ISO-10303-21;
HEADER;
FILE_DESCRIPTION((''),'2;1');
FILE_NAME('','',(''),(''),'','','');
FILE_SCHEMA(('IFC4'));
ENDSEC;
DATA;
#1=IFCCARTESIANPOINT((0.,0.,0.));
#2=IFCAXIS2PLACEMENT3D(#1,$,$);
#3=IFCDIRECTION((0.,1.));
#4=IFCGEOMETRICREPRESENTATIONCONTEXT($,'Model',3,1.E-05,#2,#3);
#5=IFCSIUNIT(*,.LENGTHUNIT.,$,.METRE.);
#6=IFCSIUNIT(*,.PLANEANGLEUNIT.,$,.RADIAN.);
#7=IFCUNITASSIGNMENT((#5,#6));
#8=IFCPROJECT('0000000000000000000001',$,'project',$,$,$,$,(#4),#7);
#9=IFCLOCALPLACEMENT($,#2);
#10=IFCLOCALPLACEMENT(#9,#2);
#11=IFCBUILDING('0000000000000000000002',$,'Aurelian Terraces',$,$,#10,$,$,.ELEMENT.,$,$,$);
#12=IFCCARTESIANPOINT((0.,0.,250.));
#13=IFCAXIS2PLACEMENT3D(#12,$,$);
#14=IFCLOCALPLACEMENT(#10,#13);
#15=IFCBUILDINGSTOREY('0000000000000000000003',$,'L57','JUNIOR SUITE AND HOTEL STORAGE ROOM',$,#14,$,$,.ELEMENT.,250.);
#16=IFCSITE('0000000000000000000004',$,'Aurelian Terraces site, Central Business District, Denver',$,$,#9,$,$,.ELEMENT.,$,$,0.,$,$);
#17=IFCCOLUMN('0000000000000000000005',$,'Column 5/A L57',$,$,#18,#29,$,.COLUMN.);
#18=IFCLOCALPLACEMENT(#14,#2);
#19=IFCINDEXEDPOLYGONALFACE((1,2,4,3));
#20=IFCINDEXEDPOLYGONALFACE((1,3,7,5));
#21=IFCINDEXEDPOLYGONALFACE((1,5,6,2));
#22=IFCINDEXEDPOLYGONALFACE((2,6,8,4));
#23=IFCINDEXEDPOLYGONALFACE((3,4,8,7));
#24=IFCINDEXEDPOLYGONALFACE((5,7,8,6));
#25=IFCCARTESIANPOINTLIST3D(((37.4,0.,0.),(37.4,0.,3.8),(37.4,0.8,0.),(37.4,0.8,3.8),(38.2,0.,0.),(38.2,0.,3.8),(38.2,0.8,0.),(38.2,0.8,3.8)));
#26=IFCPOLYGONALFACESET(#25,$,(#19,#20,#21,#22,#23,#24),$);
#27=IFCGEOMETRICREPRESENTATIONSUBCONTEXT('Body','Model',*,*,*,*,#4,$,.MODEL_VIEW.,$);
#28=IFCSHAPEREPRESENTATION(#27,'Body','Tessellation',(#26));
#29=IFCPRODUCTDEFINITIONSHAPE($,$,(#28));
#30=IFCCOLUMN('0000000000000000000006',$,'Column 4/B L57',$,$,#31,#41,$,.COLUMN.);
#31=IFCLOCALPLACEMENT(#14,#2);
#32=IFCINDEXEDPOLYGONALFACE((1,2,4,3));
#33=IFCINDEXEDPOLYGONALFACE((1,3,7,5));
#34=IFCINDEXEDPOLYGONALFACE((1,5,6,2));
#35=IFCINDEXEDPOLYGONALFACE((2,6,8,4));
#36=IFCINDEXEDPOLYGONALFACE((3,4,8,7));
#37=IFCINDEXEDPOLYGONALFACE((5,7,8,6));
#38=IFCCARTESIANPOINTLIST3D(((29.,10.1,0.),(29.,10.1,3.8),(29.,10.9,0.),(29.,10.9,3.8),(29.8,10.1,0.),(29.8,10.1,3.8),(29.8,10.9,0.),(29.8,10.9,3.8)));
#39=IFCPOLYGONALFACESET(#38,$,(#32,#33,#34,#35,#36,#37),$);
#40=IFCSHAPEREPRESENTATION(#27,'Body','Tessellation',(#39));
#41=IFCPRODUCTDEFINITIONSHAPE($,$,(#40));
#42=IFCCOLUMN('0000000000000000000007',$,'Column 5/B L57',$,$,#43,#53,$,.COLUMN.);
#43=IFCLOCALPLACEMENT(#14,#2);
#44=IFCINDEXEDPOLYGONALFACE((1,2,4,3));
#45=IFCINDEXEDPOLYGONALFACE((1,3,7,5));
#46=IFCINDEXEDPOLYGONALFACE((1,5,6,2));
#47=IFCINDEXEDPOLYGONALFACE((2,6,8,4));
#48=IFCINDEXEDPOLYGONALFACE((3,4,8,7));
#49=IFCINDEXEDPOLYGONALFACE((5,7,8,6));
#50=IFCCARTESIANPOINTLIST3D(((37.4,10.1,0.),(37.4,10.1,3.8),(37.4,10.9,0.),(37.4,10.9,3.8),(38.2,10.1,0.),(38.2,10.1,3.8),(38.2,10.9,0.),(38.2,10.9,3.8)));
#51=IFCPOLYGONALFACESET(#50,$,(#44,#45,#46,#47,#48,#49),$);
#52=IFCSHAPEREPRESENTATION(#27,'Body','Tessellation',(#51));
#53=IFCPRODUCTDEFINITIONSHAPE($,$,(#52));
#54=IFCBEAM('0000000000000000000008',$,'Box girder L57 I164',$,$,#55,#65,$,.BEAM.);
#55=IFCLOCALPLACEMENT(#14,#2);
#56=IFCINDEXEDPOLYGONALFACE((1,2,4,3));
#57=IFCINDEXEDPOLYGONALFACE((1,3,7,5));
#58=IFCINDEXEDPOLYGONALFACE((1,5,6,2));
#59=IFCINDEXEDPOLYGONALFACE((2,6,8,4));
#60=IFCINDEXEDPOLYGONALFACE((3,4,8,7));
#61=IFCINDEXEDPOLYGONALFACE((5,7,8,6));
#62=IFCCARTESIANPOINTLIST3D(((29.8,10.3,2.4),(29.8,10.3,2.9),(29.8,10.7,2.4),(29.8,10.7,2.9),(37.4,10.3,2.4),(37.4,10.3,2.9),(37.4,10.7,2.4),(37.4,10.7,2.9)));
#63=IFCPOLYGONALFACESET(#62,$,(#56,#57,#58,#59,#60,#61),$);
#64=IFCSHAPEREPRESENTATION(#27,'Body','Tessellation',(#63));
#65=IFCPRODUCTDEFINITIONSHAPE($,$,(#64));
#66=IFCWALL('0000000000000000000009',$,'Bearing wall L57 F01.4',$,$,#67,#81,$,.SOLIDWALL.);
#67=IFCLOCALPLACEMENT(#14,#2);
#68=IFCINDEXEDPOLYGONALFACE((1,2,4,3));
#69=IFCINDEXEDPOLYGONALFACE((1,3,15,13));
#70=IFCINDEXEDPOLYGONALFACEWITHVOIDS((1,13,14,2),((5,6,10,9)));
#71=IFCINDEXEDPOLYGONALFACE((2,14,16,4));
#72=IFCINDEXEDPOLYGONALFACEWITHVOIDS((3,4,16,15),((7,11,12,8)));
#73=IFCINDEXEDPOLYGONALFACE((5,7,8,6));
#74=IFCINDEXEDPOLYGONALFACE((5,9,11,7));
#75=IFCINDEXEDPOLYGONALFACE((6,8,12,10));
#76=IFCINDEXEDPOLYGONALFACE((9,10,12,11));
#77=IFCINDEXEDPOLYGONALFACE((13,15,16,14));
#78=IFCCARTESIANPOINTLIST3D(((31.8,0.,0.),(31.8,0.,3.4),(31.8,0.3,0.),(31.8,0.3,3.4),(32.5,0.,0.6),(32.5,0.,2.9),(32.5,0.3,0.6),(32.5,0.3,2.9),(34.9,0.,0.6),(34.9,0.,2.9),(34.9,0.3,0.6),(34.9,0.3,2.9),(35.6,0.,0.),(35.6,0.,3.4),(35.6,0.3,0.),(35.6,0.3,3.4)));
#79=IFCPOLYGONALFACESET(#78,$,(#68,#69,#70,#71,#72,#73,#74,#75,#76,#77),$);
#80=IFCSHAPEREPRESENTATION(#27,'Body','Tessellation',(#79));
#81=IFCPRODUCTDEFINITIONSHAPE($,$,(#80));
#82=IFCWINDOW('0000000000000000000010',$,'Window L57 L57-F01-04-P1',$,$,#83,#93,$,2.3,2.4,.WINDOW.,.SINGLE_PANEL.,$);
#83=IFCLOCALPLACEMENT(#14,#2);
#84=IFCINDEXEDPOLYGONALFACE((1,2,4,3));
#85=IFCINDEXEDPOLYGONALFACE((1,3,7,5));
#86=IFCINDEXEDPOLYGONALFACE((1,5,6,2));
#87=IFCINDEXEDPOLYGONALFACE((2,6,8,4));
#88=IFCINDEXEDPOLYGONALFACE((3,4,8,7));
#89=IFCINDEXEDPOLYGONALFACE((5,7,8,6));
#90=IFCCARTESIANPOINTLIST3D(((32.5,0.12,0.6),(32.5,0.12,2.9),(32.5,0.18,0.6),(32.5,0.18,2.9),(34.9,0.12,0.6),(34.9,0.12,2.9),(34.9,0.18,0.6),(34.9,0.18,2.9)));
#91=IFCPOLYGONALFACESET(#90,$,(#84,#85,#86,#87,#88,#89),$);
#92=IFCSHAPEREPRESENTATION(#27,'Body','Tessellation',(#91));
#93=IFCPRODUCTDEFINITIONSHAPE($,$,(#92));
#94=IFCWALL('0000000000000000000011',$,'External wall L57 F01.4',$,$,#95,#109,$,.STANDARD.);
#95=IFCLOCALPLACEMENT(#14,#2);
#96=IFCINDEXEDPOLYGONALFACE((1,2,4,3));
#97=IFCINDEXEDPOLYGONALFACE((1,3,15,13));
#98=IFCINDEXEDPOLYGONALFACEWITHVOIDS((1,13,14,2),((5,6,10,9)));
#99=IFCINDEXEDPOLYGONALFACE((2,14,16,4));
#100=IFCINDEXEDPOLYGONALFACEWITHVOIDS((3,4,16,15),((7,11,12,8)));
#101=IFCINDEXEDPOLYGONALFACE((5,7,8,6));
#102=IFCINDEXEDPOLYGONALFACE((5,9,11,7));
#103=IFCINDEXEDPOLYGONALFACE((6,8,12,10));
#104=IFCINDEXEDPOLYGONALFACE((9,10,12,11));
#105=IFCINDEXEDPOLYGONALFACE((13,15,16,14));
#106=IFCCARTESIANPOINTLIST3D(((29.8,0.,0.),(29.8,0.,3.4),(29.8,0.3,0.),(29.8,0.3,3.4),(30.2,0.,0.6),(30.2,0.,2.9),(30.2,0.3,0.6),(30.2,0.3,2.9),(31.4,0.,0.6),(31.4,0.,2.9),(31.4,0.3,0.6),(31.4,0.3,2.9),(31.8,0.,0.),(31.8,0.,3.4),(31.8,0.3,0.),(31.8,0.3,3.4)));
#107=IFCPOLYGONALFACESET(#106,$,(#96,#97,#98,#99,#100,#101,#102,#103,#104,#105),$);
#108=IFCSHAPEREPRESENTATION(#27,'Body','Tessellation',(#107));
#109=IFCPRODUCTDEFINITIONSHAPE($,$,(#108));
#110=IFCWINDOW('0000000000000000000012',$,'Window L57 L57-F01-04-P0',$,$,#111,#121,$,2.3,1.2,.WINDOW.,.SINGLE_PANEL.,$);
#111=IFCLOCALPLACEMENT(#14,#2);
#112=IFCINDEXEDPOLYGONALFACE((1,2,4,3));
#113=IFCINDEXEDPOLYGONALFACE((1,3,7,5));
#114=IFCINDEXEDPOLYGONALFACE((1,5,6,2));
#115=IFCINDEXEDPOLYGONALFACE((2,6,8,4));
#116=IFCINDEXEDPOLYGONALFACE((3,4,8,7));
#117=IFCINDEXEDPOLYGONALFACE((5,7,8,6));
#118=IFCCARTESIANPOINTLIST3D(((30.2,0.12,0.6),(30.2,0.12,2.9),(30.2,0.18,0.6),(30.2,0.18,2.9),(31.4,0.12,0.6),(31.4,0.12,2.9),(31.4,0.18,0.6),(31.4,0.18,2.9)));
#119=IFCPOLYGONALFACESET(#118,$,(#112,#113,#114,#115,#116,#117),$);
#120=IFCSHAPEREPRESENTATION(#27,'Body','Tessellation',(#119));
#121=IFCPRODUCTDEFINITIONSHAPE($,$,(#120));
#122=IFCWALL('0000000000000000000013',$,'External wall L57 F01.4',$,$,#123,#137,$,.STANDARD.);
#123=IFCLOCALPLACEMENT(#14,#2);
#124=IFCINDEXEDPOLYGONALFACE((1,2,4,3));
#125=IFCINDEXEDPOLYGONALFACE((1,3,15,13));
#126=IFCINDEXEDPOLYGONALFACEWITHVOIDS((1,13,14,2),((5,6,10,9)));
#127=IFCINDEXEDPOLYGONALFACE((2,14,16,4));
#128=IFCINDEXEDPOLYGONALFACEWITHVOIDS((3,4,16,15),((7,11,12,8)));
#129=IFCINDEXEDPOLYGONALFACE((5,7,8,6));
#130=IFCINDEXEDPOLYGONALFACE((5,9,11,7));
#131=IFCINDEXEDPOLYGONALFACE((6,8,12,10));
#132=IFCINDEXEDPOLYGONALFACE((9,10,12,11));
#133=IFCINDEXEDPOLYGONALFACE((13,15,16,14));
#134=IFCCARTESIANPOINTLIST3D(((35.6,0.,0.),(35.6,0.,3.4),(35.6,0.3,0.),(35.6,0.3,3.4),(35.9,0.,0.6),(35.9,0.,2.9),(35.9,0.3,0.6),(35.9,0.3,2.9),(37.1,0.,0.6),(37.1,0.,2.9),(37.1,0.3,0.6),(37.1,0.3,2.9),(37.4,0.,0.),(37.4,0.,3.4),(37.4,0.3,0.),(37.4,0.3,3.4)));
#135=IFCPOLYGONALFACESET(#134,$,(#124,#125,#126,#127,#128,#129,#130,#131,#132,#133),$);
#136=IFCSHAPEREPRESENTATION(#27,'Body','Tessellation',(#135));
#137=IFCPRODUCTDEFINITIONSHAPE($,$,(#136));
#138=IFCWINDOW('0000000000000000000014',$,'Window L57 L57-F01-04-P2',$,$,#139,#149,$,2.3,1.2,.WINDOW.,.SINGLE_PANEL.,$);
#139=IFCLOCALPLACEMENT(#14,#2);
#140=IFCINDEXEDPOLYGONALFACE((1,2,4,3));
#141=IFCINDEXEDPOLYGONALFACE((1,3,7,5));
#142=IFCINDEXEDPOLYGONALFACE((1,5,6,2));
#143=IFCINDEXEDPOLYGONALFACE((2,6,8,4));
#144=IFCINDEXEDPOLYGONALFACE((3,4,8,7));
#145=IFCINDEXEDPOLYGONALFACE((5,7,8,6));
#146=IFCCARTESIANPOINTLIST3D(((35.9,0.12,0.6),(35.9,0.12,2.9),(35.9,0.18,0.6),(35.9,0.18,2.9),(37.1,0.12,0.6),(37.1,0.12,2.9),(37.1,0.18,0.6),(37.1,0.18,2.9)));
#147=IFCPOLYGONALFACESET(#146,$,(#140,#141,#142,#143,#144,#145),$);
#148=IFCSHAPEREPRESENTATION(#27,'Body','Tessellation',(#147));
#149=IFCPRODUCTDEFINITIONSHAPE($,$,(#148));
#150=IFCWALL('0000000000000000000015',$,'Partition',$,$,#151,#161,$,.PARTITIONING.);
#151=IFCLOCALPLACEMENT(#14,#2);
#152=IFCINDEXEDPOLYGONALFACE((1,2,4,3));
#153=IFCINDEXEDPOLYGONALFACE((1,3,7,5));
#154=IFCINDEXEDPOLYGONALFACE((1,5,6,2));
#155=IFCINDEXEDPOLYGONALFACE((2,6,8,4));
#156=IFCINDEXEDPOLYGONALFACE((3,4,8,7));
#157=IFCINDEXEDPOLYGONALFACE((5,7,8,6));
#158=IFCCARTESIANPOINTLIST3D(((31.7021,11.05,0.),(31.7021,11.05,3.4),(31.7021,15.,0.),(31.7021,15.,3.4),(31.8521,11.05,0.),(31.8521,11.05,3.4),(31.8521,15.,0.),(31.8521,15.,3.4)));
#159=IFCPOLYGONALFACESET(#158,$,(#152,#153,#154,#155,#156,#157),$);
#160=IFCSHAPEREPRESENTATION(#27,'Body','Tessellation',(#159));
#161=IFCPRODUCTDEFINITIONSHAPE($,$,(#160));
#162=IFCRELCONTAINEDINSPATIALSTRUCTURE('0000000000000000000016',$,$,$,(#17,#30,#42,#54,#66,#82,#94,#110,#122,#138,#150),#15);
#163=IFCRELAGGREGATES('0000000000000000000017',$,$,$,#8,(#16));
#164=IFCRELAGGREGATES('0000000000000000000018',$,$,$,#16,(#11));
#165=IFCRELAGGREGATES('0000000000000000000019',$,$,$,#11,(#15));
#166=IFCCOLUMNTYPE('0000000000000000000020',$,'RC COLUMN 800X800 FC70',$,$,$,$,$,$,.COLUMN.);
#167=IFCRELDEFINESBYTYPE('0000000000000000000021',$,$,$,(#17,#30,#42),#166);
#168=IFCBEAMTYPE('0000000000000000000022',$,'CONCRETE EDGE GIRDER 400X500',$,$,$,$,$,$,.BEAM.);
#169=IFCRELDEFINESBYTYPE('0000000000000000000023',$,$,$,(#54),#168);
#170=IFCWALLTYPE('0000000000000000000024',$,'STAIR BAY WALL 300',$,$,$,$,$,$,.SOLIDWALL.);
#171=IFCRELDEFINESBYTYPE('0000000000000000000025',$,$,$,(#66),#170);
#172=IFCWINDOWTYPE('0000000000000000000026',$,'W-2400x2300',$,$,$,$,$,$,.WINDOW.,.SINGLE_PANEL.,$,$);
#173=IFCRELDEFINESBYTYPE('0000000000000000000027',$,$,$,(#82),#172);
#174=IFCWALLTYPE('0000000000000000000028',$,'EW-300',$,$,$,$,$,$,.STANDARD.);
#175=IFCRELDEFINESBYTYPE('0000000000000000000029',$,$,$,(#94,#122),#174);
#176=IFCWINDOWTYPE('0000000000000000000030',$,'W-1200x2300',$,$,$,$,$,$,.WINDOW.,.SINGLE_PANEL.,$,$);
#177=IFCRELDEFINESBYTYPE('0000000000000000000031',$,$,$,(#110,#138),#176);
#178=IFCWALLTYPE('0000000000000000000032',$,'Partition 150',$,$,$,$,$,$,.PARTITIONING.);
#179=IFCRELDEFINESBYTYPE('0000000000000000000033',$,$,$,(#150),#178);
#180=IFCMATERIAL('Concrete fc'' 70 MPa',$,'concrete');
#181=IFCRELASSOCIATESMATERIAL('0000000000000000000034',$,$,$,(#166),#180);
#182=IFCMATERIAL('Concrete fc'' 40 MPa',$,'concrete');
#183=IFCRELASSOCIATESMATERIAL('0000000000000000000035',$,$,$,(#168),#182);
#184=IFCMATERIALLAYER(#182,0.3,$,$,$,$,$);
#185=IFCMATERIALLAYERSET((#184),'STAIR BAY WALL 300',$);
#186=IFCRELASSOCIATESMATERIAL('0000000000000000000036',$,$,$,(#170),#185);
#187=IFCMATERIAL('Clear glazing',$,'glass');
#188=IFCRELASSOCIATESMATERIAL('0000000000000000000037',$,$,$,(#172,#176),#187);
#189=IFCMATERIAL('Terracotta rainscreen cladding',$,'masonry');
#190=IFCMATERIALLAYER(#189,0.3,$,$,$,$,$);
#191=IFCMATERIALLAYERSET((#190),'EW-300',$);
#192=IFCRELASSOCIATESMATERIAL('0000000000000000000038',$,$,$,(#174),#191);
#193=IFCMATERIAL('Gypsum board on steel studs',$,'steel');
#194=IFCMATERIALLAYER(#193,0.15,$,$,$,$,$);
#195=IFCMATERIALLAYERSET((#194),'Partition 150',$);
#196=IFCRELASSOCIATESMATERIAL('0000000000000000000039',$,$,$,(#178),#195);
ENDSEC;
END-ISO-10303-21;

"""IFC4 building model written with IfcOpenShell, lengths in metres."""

from ifc_helpers import new_model, si_unit, direction, frame, frame_2d, origin, origin_2d, place, context, subcontext, project, spatial, rectangle, extrude, source, transform, mapped, material, layer, layer_set, material_profile, profile_set, type_object, element, fill, save


model = new_model("IFC4")

# Units and contexts
model_context = context("Model", 3, precision=1e-05, world=origin(), true_north=direction((0.0, 1.0)))
body_context = subcontext(model_context, "Body", "Model", "MODEL_VIEW")
ifc_project = project(units=[si_unit("LENGTHUNIT", "METRE"), si_unit("PLANEANGLEUNIT", "RADIAN")], contexts=[model_context])

# Site, building, storey
site_placement = place(None, origin())
site = spatial("IfcSite", under=ifc_project, at=site_placement, Name="Aurelian Terraces site, Central Business District, Denver", CompositionType="ELEMENT", RefElevation=0.0)
building_placement = place(site_placement, origin())
building = spatial("IfcBuilding", under=site, at=building_placement, Name="Aurelian Terraces", CompositionType="ELEMENT")
storey_placement = place(building_placement, frame((0.0, 0.0, 250.0)))
storey = spatial("IfcBuildingStorey", under=building, at=storey_placement, Name="L57", Description="JUNIOR SUITE AND HOTEL STORAGE ROOM", CompositionType="ELEMENT", Elevation=250.0)

# Columns
ifc_material_1 = material(Name="Concrete fc' 70 MPa", Category="concrete")
ifc_material_profile_1 = material_profile(ifc_material_1, rectangle(XDim=0.8, YDim=0.8, at=origin_2d()))
ifc_profile_set_1 = profile_set([ifc_material_profile_1], Name="Concrete fc' 70 MPa")
column_type = type_object("IfcColumnType", Name="RC COLUMN 800X800 FC70", PredefinedType="COLUMN", material=ifc_profile_set_1)
shared_shape_1 = source(origin(), body_context, "Body", "SweptSolid", [
    extrude(rectangle(XDim=0.8, YDim=0.8, at=origin_2d()), origin(), (0.0, 0.0, 1.0), 3.8),
])
for number, where, z_axis, x_axis, name in (
    (1, (37.8, 0.4, 0.0), (0.0, 0.0, 1.0), (1.0, 0.0, 0.0), "Column 5/A L57"),
    (2, (29.4, 10.5, 0.0), (0.0, 0.0, 1.0), (1.0, 0.0, 0.0), "Column 4/B L57"),
    (3, (37.8, 10.5, 0.0), (0.0, 0.0, 1.0), (1.0, 0.0, 0.0), "Column 5/B L57"),
):
    element("IfcColumn", number, at=place(storey_placement, frame(where, z_axis=z_axis, x_axis=x_axis)), inside=storey, type_object=column_type, Name=name, PredefinedType="COLUMN", context=body_context, shape_type="MappedRepresentation", body=[
        mapped(shared_shape_1, transform((0.0, 0.0, 0.0), scale=1.0)),
    ])

# Beam
ifc_material_2 = material(Name="Concrete fc' 40 MPa", Category="concrete")
ifc_material_profile_2 = material_profile(ifc_material_2, rectangle(XDim=0.4, YDim=0.5, at=origin_2d()))
ifc_profile_set_2 = profile_set([ifc_material_profile_2], Name="Concrete fc' 40 MPa")
beam_type = type_object("IfcBeamType", Name="CONCRETE EDGE GIRDER 400X500", PredefinedType="BEAM", material=ifc_profile_set_2)
shared_shape_2 = source(origin(), body_context, "Body", "SweptSolid", [
    extrude(rectangle(XDim=0.4, YDim=0.5, at=origin_2d()), origin(), (0.0, 0.0, 1.0), 7.6),
])
beam_placement = place(storey_placement, frame((29.8, 10.5, 2.65), z_axis=(1.0, 0.0, 0.0), x_axis=(0.0, 1.0, 0.0)))
element("IfcBeam", 4, at=beam_placement, inside=storey, type_object=beam_type, Name="Box girder L57 I164", PredefinedType="BEAM", context=body_context, shape_type="MappedRepresentation", body=[
    mapped(shared_shape_2, transform((0.0, 0.0, 0.0), scale=1.0)),
])

# Walls, openings, windows
ifc_layer_1 = layer(ifc_material_2, 0.3)
ifc_layer_set_1 = layer_set([ifc_layer_1], Name="STAIR BAY WALL 300")
wall_type_1 = type_object("IfcWallType", Name="STAIR BAY WALL 300", PredefinedType="SOLIDWALL", material=ifc_layer_set_1)
shared_shape_3 = source(origin(), body_context, "Body", "SweptSolid", [
    extrude(rectangle(XDim=3.8, YDim=0.3, at=frame_2d((1.9, 0.0))), origin(), (0.0, 0.0, 1.0), 3.4),
])
wall_1_placement = place(storey_placement, frame((31.8, 0.15, 0.0), z_axis=(0.0, 0.0, 1.0), x_axis=(1.0, 0.0, 0.0)))
wall_1 = element("IfcWall", 5, at=wall_1_placement, inside=storey, type_object=wall_type_1, Name="Bearing wall L57 F01.4", PredefinedType="SOLIDWALL", context=body_context, shape_type="MappedRepresentation", body=[
    mapped(shared_shape_3, transform((0.0, 0.0, 0.0), scale=1.0)),
])
shared_shape_4 = source(origin(), body_context, "Body", "SweptSolid", [
    extrude(rectangle(XDim=2.4, YDim=2.3, at=frame_2d((1.2, 1.15))), frame((0.0, 0.16, 0.0), z_axis=(0.0, -1.0, 0.0), x_axis=(1.0, 0.0, 0.0)), (0.0, 0.0, 1.0), 0.32),
])
opening_1_placement = place(wall_1_placement, frame((0.7, 0.0, 0.6)))
opening_1 = element("IfcOpeningElement", 6, at=opening_1_placement, cuts=wall_1, PredefinedType="OPENING", context=body_context, shape_type="MappedRepresentation", body=[
    mapped(shared_shape_4, transform((0.0, 0.0, 0.0), scale=1.0)),
])
ifc_material_3 = material(Name="Clear glazing", Category="glass")
window_type_1 = type_object("IfcWindowType", Name="W-2400x2300", PartitioningType="SINGLE_PANEL", PredefinedType="WINDOW", material=ifc_material_3)
shared_shape_5 = source(origin(), body_context, "Body", "SweptSolid", [
    extrude(rectangle(XDim=2.4, YDim=2.3, at=frame_2d((1.2, 1.15))), frame((0.0, 0.03, 0.0), z_axis=(0.0, -1.0, 0.0), x_axis=(1.0, 0.0, 0.0)), (0.0, 0.0, 1.0), 0.06),
])
window_1_placement = place(opening_1_placement, origin())
window_1 = element("IfcWindow", 7, at=window_1_placement, inside=storey, type_object=window_type_1, Name="Window L57 L57-F01-04-P1", OverallHeight=2.3, OverallWidth=2.4, PartitioningType="SINGLE_PANEL", PredefinedType="WINDOW", context=body_context, shape_type="MappedRepresentation", body=[
    mapped(shared_shape_5, transform((0.0, 0.0, 0.0), scale=1.0)),
])
fill(opening_1, window_1)
ifc_material_4 = material(Name="Terracotta rainscreen cladding", Category="masonry")
ifc_layer_2 = layer(ifc_material_4, 0.3)
ifc_layer_set_2 = layer_set([ifc_layer_2], Name="EW-300")
wall_type_2 = type_object("IfcWallType", Name="EW-300", PredefinedType="STANDARD", material=ifc_layer_set_2)
shared_shape_6 = source(origin(), body_context, "Body", "SweptSolid", [
    extrude(rectangle(XDim=2.0, YDim=0.3, at=frame_2d((1.0, 0.0))), origin(), (0.0, 0.0, 1.0), 3.4),
])
wall_2_placement = place(storey_placement, frame((29.8, 0.15, 0.0), z_axis=(0.0, 0.0, 1.0), x_axis=(1.0, 0.0, 0.0)))
wall_2 = element("IfcWall", 8, at=wall_2_placement, inside=storey, type_object=wall_type_2, Name="External wall L57 F01.4", PredefinedType="STANDARD", context=body_context, shape_type="MappedRepresentation", body=[
    mapped(shared_shape_6, transform((0.0, 0.0, 0.0), scale=1.0)),
])
shared_shape_7 = source(origin(), body_context, "Body", "SweptSolid", [
    extrude(rectangle(XDim=1.2, YDim=2.3, at=frame_2d((0.6, 1.15))), frame((0.0, 0.16, 0.0), z_axis=(0.0, -1.0, 0.0), x_axis=(1.0, 0.0, 0.0)), (0.0, 0.0, 1.0), 0.32),
])
opening_2_placement = place(wall_2_placement, frame((0.4, 0.0, 0.6)))
opening_2 = element("IfcOpeningElement", 9, at=opening_2_placement, cuts=wall_2, PredefinedType="OPENING", context=body_context, shape_type="MappedRepresentation", body=[
    mapped(shared_shape_7, transform((0.0, 0.0, 0.0), scale=1.0)),
])
window_type_2 = type_object("IfcWindowType", Name="W-1200x2300", PartitioningType="SINGLE_PANEL", PredefinedType="WINDOW", material=ifc_material_3)
shared_shape_8 = source(origin(), body_context, "Body", "SweptSolid", [
    extrude(rectangle(XDim=1.2, YDim=2.3, at=frame_2d((0.6, 1.15))), frame((0.0, 0.03, 0.0), z_axis=(0.0, -1.0, 0.0), x_axis=(1.0, 0.0, 0.0)), (0.0, 0.0, 1.0), 0.06),
])
window_2_placement = place(opening_2_placement, origin())
window_2 = element("IfcWindow", 10, at=window_2_placement, inside=storey, type_object=window_type_2, Name="Window L57 L57-F01-04-P0", OverallHeight=2.3, OverallWidth=1.2, PartitioningType="SINGLE_PANEL", PredefinedType="WINDOW", context=body_context, shape_type="MappedRepresentation", body=[
    mapped(shared_shape_8, transform((0.0, 0.0, 0.0), scale=1.0)),
])
fill(opening_2, window_2)
shared_shape_9 = source(origin(), body_context, "Body", "SweptSolid", [
    extrude(rectangle(XDim=1.8, YDim=0.3, at=frame_2d((0.9, 0.0))), origin(), (0.0, 0.0, 1.0), 3.4),
])
wall_3_placement = place(storey_placement, frame((35.6, 0.15, 0.0), z_axis=(0.0, 0.0, 1.0), x_axis=(1.0, 0.0, 0.0)))
wall_3 = element("IfcWall", 11, at=wall_3_placement, inside=storey, type_object=wall_type_2, Name="External wall L57 F01.4", PredefinedType="STANDARD", context=body_context, shape_type="MappedRepresentation", body=[
    mapped(shared_shape_9, transform((0.0, 0.0, 0.0), scale=1.0)),
])
opening_3_placement = place(wall_3_placement, frame((0.3, 0.0, 0.6)))
opening_3 = element("IfcOpeningElement", 12, at=opening_3_placement, cuts=wall_3, PredefinedType="OPENING", context=body_context, shape_type="MappedRepresentation", body=[
    mapped(shared_shape_7, transform((0.0, 0.0, 0.0), scale=1.0)),
])
window_3_placement = place(opening_3_placement, origin())
window_3 = element("IfcWindow", 13, at=window_3_placement, inside=storey, type_object=window_type_2, Name="Window L57 L57-F01-04-P2", OverallHeight=2.3, OverallWidth=1.2, PartitioningType="SINGLE_PANEL", PredefinedType="WINDOW", context=body_context, shape_type="MappedRepresentation", body=[
    mapped(shared_shape_8, transform((0.0, 0.0, 0.0), scale=1.0)),
])
fill(opening_3, window_3)

# Wall
ifc_material_5 = material(Name="Gypsum board on steel studs", Category="steel")
ifc_layer_3 = layer(ifc_material_5, 0.15)
ifc_layer_set_3 = layer_set([ifc_layer_3], Name="Partition 150")
wall_type_3 = type_object("IfcWallType", Name="Partition 150", PredefinedType="PARTITIONING", material=ifc_layer_set_3)
shared_shape_10 = source(origin(), body_context, "Body", "SweptSolid", [
    extrude(rectangle(XDim=3.95, YDim=0.15, at=frame_2d((1.975, 0.0))), origin(), (0.0, 0.0, 1.0), 3.4),
])
for number, where, z_axis, x_axis, name in (
    (14, (31.7771, 11.05, 0.0), (0.0, 0.0, 1.0), (0.0, 1.0, 0.0), "Partition"),
):
    element("IfcWall", number, at=place(storey_placement, frame(where, z_axis=z_axis, x_axis=x_axis)), inside=storey, type_object=wall_type_3, Name=name, PredefinedType="PARTITIONING", context=body_context, shape_type="MappedRepresentation", body=[
        mapped(shared_shape_10, transform((0.0, 0.0, 0.0), scale=1.0)),
    ])

save(model, "model.ifc")
